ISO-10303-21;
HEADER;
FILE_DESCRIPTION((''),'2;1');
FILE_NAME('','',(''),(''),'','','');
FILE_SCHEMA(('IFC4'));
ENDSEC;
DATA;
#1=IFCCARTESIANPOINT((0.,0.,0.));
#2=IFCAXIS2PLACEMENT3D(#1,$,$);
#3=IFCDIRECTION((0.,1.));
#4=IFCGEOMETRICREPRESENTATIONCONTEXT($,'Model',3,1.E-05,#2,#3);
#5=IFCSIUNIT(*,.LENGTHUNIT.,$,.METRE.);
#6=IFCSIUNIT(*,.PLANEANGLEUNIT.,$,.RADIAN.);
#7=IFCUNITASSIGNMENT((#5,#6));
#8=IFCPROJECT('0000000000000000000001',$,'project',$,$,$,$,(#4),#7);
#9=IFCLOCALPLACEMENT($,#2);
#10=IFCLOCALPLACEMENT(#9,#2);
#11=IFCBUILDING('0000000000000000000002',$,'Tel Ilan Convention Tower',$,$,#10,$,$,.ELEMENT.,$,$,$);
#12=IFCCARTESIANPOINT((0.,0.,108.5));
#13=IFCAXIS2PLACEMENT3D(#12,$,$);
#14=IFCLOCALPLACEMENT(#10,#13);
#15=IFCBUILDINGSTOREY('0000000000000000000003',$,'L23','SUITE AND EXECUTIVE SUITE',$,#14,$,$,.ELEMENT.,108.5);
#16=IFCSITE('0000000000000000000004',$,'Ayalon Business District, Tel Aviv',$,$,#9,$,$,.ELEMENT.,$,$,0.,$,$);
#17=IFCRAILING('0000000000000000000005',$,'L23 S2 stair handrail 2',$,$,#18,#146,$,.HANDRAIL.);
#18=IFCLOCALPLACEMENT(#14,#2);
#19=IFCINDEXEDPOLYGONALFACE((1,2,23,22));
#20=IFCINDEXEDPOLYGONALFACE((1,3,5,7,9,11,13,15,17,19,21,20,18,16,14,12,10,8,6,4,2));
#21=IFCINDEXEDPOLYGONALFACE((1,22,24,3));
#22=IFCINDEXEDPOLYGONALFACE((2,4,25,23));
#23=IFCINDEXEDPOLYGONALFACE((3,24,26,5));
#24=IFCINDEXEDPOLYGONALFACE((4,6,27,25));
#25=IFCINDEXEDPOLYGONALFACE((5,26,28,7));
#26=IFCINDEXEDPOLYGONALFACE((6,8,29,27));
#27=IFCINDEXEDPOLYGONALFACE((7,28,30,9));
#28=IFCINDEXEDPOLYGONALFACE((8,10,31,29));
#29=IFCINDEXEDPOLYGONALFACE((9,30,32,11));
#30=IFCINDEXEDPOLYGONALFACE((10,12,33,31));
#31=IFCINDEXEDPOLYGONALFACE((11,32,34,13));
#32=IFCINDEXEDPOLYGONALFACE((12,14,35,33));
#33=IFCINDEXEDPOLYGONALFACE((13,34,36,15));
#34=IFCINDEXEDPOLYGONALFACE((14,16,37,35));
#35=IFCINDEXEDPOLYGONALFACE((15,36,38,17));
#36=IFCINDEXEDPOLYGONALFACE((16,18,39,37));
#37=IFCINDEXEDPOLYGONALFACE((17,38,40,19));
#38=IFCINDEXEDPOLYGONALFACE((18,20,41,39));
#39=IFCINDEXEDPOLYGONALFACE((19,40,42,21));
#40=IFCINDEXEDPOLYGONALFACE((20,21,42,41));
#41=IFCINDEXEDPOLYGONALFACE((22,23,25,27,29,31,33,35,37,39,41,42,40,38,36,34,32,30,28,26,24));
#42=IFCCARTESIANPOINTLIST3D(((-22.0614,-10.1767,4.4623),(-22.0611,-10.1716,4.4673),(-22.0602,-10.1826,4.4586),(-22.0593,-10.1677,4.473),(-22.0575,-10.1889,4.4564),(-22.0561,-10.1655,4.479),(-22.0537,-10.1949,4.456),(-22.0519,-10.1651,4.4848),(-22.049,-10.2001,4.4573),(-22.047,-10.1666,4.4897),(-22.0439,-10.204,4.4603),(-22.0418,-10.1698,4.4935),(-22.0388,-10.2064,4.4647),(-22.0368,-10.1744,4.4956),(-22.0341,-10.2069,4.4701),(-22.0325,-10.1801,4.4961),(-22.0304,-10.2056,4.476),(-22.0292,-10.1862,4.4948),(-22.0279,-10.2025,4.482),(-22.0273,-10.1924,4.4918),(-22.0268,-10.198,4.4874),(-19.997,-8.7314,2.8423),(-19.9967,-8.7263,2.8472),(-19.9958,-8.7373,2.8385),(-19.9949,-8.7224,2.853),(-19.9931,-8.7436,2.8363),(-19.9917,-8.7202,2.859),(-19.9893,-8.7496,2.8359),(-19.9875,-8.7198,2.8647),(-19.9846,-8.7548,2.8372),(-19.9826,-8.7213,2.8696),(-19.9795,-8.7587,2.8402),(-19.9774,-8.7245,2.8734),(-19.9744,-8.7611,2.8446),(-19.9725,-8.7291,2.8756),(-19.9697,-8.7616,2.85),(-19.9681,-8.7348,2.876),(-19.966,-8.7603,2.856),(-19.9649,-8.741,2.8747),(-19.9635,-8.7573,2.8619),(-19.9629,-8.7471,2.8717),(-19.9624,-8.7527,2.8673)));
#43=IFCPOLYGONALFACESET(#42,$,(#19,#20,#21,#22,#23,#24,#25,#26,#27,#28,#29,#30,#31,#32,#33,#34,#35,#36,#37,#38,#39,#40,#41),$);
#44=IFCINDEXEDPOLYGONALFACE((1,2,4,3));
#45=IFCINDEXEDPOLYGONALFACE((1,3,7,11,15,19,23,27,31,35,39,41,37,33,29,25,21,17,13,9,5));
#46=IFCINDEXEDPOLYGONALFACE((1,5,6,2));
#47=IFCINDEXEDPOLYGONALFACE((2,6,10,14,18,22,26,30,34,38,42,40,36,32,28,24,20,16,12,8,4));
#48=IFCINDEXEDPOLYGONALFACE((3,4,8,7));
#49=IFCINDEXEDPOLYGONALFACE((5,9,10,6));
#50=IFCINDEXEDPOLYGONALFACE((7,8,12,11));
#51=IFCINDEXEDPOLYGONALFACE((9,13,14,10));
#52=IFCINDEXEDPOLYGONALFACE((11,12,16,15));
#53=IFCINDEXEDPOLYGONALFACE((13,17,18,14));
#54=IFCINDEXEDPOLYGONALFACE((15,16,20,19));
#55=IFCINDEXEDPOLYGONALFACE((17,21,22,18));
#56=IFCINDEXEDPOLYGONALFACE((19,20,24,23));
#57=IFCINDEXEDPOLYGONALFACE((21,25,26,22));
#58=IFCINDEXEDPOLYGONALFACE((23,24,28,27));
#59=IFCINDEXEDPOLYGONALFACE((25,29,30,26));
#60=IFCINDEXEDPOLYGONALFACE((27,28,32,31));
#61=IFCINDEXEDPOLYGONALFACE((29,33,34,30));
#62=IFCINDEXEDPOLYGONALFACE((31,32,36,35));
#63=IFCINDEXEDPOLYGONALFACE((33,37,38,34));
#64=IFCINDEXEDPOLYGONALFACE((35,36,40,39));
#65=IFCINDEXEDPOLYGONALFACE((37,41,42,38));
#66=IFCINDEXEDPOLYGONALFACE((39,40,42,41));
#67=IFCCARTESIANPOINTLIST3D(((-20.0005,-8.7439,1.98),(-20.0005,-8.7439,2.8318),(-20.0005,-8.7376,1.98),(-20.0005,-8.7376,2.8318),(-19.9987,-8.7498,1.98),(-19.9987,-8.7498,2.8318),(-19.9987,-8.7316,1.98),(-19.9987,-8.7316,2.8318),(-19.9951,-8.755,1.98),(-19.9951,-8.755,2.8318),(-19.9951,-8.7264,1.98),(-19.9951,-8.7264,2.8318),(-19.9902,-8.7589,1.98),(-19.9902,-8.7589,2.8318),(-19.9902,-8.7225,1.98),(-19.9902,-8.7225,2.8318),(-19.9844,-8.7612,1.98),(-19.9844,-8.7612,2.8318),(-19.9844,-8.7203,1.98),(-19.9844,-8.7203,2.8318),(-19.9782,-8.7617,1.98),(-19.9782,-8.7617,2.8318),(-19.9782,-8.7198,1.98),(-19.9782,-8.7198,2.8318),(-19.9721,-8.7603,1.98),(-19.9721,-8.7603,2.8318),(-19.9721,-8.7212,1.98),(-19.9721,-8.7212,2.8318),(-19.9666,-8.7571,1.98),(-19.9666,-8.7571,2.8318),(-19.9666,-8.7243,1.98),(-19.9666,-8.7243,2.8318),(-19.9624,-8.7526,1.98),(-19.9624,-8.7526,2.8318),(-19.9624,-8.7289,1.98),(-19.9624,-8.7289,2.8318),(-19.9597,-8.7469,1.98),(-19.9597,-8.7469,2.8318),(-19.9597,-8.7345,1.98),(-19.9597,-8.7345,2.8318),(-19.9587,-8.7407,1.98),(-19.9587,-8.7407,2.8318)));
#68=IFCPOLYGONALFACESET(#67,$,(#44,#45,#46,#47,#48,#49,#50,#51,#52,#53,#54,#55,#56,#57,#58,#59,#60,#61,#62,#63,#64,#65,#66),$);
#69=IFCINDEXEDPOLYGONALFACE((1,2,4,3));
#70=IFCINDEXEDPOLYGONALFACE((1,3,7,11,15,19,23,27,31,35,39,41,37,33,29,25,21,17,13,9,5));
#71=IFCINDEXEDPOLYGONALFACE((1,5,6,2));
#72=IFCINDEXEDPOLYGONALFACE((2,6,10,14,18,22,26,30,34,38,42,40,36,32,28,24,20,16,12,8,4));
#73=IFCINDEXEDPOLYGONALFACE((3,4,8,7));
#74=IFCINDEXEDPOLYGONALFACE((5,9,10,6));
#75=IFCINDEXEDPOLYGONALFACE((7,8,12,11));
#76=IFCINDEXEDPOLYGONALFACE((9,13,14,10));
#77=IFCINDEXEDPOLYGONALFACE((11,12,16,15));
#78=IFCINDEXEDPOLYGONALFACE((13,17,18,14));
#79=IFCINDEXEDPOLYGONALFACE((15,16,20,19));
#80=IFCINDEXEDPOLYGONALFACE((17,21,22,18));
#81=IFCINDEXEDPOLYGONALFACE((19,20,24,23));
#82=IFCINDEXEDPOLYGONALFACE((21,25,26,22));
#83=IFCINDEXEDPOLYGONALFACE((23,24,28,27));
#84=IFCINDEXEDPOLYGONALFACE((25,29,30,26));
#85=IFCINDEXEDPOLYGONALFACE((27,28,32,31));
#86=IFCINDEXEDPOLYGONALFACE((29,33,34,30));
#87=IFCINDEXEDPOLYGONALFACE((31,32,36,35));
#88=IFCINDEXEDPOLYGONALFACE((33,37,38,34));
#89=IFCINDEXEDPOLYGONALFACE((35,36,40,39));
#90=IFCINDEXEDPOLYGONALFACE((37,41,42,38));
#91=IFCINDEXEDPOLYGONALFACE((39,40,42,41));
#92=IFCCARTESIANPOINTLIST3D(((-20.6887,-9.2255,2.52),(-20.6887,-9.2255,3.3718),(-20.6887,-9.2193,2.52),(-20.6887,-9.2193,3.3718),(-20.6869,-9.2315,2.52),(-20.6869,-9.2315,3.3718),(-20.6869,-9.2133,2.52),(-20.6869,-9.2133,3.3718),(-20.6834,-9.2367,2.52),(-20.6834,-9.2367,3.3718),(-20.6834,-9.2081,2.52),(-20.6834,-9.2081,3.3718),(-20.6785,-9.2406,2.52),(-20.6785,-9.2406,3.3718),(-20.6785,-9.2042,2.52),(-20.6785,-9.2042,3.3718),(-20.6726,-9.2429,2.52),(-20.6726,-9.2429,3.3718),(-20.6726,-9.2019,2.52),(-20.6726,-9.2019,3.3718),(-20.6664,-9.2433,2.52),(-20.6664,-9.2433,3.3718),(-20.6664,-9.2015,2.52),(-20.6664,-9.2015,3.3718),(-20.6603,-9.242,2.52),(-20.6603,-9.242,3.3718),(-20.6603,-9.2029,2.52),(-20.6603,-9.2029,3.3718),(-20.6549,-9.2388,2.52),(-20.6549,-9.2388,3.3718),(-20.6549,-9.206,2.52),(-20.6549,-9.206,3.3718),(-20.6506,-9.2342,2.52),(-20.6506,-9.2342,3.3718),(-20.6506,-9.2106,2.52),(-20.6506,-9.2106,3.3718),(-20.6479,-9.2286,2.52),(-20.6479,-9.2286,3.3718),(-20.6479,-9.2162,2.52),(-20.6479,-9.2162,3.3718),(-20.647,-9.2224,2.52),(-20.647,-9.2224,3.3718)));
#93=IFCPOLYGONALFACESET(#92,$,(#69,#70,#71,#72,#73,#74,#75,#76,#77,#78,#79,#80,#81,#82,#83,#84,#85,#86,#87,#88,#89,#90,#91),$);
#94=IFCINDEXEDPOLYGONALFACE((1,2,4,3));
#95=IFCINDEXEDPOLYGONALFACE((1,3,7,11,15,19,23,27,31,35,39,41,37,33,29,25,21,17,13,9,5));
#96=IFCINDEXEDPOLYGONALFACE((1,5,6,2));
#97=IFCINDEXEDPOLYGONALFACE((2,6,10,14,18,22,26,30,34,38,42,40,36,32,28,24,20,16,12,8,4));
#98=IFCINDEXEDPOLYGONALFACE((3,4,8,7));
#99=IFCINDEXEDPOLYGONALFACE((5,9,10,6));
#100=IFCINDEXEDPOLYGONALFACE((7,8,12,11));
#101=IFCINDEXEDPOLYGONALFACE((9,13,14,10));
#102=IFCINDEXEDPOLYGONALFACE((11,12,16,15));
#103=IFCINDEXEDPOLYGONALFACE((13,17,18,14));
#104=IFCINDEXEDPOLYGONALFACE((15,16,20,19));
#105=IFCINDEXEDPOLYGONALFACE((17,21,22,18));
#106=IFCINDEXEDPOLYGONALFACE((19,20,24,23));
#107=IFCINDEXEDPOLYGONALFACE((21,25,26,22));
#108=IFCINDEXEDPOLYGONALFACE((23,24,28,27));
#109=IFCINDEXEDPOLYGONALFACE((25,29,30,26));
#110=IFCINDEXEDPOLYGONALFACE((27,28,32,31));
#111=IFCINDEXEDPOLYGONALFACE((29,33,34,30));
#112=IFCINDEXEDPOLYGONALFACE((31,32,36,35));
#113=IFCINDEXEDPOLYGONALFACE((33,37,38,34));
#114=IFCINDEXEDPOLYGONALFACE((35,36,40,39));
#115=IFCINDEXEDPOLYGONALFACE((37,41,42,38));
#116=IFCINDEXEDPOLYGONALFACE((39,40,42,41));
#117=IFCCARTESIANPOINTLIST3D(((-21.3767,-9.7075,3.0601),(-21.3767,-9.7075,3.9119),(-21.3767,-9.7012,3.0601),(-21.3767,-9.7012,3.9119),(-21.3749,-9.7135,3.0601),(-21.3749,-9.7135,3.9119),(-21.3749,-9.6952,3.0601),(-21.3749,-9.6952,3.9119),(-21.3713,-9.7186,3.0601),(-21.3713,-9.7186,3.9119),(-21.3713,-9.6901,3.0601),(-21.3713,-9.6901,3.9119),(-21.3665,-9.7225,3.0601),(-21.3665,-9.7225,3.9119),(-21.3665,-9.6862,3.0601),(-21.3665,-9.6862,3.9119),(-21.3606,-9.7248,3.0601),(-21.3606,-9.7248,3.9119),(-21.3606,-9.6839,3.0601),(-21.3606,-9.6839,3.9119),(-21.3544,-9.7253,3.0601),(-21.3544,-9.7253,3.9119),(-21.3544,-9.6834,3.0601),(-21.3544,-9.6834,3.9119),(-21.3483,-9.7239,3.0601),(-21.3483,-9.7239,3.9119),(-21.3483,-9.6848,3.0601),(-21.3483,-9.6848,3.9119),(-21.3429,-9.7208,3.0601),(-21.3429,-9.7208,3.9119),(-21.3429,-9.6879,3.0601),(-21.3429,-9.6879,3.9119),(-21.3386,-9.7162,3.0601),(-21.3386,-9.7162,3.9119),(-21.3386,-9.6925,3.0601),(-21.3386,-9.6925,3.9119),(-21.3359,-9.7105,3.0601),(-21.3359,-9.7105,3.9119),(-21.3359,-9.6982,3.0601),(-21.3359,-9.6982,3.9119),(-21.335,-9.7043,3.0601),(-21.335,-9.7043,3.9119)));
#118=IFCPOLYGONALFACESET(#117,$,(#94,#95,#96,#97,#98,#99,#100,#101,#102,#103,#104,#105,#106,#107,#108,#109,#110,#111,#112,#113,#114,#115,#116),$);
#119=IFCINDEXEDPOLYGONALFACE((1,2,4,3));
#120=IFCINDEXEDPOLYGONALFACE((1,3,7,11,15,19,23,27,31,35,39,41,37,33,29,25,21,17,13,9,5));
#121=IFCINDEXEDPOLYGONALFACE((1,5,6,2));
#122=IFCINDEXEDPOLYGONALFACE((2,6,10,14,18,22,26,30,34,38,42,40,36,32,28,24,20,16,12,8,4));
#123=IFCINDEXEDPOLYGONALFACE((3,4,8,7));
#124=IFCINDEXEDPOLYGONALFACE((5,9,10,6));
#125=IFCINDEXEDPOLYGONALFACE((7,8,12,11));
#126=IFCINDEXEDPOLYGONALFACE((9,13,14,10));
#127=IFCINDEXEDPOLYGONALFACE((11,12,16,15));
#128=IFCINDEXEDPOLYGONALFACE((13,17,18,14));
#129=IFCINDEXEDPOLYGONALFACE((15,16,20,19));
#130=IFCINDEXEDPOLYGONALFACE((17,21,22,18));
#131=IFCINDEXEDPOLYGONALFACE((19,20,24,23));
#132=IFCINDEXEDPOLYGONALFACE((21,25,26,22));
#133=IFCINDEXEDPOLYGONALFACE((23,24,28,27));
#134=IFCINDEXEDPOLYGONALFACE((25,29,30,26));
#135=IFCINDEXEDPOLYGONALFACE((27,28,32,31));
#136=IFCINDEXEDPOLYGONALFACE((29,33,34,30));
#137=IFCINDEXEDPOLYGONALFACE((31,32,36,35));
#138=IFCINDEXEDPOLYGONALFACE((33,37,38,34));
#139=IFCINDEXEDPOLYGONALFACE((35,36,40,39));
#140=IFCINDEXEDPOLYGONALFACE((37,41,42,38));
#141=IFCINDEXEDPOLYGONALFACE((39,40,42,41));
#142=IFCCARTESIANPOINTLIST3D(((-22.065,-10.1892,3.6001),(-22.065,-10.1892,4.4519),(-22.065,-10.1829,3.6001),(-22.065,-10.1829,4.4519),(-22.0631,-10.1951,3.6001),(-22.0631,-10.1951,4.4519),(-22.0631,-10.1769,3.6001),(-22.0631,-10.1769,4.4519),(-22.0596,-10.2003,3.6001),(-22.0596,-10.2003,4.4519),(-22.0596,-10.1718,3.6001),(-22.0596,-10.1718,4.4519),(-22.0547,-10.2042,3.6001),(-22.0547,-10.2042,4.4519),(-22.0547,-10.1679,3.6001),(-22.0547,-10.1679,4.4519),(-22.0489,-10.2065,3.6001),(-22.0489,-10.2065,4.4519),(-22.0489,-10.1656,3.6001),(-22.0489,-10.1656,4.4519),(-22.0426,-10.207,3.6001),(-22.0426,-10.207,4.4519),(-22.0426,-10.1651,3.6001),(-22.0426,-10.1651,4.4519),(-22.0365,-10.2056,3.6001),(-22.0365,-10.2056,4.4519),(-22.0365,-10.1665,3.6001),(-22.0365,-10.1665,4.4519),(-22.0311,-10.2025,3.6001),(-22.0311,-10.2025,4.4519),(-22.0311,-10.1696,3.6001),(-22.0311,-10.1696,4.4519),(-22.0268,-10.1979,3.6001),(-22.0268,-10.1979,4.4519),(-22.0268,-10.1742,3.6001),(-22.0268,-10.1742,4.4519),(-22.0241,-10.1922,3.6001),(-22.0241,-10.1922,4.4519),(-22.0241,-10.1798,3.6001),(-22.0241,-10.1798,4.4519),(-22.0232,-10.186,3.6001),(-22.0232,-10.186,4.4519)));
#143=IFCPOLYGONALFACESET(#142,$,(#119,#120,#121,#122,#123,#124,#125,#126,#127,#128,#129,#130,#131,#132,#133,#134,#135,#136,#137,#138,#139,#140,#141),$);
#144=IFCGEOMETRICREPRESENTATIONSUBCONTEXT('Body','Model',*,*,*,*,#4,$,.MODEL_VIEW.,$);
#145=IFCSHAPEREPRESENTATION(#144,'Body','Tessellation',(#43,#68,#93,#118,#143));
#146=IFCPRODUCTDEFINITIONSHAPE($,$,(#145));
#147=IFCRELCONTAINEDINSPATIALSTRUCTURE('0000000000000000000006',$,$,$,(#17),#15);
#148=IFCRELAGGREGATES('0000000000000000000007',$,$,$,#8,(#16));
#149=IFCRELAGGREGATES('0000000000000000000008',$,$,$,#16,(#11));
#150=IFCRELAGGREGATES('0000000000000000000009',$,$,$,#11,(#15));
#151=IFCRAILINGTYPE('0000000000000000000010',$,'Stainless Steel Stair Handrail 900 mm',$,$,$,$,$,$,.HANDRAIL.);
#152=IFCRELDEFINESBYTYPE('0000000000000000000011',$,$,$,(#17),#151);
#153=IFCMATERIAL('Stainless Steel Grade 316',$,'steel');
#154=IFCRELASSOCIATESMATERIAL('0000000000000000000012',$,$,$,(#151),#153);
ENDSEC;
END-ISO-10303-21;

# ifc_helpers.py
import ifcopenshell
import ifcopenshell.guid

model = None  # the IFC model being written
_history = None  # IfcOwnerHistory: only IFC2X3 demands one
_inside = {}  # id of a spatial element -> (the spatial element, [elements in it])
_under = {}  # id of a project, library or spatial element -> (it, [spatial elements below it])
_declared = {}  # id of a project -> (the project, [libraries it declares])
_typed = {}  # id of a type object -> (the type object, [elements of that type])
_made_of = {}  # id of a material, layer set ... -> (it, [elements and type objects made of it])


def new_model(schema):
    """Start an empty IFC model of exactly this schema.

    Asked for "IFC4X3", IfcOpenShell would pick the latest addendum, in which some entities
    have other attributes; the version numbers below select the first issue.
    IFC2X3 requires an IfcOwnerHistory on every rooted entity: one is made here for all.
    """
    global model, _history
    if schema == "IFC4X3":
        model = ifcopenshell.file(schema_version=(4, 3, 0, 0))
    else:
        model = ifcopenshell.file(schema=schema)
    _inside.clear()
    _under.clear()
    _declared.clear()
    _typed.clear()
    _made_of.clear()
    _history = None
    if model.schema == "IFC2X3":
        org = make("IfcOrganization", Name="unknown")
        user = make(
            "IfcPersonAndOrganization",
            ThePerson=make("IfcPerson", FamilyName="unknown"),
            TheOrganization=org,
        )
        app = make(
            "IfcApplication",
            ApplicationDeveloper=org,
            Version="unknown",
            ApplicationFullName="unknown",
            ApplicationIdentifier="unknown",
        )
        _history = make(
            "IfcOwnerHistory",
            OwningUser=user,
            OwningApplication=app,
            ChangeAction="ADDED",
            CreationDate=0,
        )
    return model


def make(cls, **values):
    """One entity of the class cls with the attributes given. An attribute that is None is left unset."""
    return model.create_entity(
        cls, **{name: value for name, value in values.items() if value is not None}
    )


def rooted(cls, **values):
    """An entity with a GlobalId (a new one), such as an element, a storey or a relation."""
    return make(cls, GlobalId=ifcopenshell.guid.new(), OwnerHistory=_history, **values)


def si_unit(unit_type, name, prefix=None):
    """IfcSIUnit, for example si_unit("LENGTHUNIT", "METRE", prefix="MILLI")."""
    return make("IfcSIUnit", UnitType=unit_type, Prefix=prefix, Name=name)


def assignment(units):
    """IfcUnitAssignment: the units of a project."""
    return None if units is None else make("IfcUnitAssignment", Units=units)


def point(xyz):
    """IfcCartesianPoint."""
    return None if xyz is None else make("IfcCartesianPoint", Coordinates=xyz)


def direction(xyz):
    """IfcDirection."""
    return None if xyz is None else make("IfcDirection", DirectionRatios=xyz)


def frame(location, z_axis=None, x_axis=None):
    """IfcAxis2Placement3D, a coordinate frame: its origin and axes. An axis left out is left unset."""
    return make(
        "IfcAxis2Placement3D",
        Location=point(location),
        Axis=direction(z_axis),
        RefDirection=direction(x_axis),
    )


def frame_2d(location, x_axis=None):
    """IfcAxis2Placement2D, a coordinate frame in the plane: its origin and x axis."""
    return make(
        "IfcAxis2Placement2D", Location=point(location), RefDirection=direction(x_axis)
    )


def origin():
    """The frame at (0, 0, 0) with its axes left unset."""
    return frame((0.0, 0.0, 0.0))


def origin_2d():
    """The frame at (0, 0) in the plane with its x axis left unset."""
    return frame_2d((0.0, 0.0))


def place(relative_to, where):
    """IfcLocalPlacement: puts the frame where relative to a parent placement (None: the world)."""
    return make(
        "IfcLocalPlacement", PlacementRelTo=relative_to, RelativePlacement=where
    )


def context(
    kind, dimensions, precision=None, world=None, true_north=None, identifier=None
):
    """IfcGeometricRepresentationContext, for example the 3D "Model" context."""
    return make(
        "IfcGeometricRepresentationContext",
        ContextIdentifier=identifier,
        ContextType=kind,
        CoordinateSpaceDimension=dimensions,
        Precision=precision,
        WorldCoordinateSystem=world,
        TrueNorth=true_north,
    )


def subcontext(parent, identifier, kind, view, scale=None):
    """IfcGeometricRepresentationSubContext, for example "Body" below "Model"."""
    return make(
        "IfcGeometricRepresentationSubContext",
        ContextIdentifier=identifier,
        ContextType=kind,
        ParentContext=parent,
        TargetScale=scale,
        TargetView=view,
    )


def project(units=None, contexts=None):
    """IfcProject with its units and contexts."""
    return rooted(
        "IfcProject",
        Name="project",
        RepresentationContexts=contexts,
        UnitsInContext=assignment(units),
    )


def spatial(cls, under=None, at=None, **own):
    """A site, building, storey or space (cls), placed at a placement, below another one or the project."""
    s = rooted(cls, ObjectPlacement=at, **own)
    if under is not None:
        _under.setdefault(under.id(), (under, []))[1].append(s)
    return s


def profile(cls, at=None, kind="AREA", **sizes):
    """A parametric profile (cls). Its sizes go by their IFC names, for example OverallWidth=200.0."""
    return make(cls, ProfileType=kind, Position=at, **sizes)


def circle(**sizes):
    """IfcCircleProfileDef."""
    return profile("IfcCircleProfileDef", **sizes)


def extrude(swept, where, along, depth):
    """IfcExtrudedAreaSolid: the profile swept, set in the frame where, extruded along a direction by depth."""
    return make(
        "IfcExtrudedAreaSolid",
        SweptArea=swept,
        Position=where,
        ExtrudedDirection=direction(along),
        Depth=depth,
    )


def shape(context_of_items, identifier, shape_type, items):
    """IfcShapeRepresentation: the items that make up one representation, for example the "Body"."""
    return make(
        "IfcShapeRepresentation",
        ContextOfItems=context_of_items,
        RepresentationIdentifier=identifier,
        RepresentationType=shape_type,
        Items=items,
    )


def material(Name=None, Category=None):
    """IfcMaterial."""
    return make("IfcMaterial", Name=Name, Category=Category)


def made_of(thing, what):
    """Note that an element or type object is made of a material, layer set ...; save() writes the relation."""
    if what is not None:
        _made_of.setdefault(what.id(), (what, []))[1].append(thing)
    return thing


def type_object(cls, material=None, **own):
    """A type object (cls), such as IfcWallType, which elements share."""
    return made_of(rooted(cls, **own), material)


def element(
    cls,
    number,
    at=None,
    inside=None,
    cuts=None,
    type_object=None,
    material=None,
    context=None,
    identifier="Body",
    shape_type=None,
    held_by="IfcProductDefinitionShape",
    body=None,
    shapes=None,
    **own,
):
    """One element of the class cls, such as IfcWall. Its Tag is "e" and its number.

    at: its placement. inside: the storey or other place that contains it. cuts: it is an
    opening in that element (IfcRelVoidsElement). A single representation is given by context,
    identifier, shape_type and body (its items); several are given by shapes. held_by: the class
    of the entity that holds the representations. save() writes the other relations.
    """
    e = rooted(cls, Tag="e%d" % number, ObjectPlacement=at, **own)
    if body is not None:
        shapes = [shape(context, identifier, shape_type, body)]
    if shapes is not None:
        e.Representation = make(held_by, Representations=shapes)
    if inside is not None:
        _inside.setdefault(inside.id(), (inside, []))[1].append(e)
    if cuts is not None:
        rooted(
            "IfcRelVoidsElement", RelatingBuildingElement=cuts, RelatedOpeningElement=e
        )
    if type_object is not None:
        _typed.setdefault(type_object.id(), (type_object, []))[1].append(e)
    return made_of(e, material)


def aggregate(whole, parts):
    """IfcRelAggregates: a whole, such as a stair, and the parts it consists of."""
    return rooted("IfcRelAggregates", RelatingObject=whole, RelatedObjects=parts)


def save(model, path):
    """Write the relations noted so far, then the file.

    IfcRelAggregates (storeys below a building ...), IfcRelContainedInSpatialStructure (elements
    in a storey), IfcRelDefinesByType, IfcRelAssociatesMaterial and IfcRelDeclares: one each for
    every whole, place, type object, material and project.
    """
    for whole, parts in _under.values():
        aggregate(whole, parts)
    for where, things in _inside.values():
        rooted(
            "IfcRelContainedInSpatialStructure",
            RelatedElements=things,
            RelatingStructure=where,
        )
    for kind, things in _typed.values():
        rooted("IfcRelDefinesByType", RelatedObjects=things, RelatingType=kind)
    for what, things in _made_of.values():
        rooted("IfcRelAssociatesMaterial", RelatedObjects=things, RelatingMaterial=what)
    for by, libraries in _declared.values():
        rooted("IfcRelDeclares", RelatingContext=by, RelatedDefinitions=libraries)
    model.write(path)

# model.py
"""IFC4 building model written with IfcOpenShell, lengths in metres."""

from ifc_helpers import new_model, si_unit, direction, frame, origin, origin_2d, place, context, subcontext, project, spatial, circle, extrude, material, type_object, element, save


model = new_model("IFC4")

# Units and contexts
model_context = context("Model", 3, precision=1e-05, world=origin(), true_north=direction((0.0, 1.0)))
body_context = subcontext(model_context, "Body", "Model", "MODEL_VIEW")
ifc_project = project(units=[si_unit("LENGTHUNIT", "METRE"), si_unit("PLANEANGLEUNIT", "RADIAN")], contexts=[model_context])

# Site, building, storey
site_placement = place(None, origin())
site = spatial("IfcSite", under=ifc_project, at=site_placement, Name="Ayalon Business District, Tel Aviv", CompositionType="ELEMENT", RefElevation=0.0)
building_placement = place(site_placement, origin())
building = spatial("IfcBuilding", under=site, at=building_placement, Name="Tel Ilan Convention Tower", CompositionType="ELEMENT")
storey_placement = place(building_placement, frame((0.0, 0.0, 108.5)))
storey = spatial("IfcBuildingStorey", under=building, at=storey_placement, Name="L23", Description="SUITE AND EXECUTIVE SUITE", CompositionType="ELEMENT", Elevation=108.5)

# Railing
ifc_material_1 = material(Name="Stainless Steel Grade 316", Category="steel")
railing_type_1 = type_object("IfcRailingType", Name="Stainless Steel Stair Handrail 900 mm", PredefinedType="HANDRAIL", material=ifc_material_1)
railing_1_placement = place(storey_placement, frame((-19.9797, -8.7407, 1.98)))
element("IfcRailing", 1, at=railing_1_placement, inside=storey, type_object=railing_type_1, Name="L23 S2 stair handrail 2", PredefinedType="HANDRAIL", context=body_context, shape_type="SweptSolid", body=[
    extrude(circle(Radius=0.0239, at=origin_2d()), frame((0.0, 0.0, 0.876), z_axis=(-0.689083, -0.482423, 0.54077), x_axis=(0.573514, -0.819196, 0.0)), (0.0, 0.0, 1.0), 2.9958),
    extrude(circle(Radius=0.021, at=origin_2d()), origin(), (0.0, 0.0, 1.0), 0.8518),
    extrude(circle(Radius=0.021, at=origin_2d()), frame((-0.6882, -0.4817, 0.54)), (0.0, 0.0, 1.0), 0.8518),
    extrude(circle(Radius=0.021, at=origin_2d()), frame((-1.3762, -0.9636, 1.0801)), (0.0, 0.0, 1.0), 0.8518),
    extrude(circle(Radius=0.021, at=origin_2d()), frame((-2.0645, -1.4453, 1.6201)), (0.0, 0.0, 1.0), 0.8518),
])

save(model, "model.ifc")
